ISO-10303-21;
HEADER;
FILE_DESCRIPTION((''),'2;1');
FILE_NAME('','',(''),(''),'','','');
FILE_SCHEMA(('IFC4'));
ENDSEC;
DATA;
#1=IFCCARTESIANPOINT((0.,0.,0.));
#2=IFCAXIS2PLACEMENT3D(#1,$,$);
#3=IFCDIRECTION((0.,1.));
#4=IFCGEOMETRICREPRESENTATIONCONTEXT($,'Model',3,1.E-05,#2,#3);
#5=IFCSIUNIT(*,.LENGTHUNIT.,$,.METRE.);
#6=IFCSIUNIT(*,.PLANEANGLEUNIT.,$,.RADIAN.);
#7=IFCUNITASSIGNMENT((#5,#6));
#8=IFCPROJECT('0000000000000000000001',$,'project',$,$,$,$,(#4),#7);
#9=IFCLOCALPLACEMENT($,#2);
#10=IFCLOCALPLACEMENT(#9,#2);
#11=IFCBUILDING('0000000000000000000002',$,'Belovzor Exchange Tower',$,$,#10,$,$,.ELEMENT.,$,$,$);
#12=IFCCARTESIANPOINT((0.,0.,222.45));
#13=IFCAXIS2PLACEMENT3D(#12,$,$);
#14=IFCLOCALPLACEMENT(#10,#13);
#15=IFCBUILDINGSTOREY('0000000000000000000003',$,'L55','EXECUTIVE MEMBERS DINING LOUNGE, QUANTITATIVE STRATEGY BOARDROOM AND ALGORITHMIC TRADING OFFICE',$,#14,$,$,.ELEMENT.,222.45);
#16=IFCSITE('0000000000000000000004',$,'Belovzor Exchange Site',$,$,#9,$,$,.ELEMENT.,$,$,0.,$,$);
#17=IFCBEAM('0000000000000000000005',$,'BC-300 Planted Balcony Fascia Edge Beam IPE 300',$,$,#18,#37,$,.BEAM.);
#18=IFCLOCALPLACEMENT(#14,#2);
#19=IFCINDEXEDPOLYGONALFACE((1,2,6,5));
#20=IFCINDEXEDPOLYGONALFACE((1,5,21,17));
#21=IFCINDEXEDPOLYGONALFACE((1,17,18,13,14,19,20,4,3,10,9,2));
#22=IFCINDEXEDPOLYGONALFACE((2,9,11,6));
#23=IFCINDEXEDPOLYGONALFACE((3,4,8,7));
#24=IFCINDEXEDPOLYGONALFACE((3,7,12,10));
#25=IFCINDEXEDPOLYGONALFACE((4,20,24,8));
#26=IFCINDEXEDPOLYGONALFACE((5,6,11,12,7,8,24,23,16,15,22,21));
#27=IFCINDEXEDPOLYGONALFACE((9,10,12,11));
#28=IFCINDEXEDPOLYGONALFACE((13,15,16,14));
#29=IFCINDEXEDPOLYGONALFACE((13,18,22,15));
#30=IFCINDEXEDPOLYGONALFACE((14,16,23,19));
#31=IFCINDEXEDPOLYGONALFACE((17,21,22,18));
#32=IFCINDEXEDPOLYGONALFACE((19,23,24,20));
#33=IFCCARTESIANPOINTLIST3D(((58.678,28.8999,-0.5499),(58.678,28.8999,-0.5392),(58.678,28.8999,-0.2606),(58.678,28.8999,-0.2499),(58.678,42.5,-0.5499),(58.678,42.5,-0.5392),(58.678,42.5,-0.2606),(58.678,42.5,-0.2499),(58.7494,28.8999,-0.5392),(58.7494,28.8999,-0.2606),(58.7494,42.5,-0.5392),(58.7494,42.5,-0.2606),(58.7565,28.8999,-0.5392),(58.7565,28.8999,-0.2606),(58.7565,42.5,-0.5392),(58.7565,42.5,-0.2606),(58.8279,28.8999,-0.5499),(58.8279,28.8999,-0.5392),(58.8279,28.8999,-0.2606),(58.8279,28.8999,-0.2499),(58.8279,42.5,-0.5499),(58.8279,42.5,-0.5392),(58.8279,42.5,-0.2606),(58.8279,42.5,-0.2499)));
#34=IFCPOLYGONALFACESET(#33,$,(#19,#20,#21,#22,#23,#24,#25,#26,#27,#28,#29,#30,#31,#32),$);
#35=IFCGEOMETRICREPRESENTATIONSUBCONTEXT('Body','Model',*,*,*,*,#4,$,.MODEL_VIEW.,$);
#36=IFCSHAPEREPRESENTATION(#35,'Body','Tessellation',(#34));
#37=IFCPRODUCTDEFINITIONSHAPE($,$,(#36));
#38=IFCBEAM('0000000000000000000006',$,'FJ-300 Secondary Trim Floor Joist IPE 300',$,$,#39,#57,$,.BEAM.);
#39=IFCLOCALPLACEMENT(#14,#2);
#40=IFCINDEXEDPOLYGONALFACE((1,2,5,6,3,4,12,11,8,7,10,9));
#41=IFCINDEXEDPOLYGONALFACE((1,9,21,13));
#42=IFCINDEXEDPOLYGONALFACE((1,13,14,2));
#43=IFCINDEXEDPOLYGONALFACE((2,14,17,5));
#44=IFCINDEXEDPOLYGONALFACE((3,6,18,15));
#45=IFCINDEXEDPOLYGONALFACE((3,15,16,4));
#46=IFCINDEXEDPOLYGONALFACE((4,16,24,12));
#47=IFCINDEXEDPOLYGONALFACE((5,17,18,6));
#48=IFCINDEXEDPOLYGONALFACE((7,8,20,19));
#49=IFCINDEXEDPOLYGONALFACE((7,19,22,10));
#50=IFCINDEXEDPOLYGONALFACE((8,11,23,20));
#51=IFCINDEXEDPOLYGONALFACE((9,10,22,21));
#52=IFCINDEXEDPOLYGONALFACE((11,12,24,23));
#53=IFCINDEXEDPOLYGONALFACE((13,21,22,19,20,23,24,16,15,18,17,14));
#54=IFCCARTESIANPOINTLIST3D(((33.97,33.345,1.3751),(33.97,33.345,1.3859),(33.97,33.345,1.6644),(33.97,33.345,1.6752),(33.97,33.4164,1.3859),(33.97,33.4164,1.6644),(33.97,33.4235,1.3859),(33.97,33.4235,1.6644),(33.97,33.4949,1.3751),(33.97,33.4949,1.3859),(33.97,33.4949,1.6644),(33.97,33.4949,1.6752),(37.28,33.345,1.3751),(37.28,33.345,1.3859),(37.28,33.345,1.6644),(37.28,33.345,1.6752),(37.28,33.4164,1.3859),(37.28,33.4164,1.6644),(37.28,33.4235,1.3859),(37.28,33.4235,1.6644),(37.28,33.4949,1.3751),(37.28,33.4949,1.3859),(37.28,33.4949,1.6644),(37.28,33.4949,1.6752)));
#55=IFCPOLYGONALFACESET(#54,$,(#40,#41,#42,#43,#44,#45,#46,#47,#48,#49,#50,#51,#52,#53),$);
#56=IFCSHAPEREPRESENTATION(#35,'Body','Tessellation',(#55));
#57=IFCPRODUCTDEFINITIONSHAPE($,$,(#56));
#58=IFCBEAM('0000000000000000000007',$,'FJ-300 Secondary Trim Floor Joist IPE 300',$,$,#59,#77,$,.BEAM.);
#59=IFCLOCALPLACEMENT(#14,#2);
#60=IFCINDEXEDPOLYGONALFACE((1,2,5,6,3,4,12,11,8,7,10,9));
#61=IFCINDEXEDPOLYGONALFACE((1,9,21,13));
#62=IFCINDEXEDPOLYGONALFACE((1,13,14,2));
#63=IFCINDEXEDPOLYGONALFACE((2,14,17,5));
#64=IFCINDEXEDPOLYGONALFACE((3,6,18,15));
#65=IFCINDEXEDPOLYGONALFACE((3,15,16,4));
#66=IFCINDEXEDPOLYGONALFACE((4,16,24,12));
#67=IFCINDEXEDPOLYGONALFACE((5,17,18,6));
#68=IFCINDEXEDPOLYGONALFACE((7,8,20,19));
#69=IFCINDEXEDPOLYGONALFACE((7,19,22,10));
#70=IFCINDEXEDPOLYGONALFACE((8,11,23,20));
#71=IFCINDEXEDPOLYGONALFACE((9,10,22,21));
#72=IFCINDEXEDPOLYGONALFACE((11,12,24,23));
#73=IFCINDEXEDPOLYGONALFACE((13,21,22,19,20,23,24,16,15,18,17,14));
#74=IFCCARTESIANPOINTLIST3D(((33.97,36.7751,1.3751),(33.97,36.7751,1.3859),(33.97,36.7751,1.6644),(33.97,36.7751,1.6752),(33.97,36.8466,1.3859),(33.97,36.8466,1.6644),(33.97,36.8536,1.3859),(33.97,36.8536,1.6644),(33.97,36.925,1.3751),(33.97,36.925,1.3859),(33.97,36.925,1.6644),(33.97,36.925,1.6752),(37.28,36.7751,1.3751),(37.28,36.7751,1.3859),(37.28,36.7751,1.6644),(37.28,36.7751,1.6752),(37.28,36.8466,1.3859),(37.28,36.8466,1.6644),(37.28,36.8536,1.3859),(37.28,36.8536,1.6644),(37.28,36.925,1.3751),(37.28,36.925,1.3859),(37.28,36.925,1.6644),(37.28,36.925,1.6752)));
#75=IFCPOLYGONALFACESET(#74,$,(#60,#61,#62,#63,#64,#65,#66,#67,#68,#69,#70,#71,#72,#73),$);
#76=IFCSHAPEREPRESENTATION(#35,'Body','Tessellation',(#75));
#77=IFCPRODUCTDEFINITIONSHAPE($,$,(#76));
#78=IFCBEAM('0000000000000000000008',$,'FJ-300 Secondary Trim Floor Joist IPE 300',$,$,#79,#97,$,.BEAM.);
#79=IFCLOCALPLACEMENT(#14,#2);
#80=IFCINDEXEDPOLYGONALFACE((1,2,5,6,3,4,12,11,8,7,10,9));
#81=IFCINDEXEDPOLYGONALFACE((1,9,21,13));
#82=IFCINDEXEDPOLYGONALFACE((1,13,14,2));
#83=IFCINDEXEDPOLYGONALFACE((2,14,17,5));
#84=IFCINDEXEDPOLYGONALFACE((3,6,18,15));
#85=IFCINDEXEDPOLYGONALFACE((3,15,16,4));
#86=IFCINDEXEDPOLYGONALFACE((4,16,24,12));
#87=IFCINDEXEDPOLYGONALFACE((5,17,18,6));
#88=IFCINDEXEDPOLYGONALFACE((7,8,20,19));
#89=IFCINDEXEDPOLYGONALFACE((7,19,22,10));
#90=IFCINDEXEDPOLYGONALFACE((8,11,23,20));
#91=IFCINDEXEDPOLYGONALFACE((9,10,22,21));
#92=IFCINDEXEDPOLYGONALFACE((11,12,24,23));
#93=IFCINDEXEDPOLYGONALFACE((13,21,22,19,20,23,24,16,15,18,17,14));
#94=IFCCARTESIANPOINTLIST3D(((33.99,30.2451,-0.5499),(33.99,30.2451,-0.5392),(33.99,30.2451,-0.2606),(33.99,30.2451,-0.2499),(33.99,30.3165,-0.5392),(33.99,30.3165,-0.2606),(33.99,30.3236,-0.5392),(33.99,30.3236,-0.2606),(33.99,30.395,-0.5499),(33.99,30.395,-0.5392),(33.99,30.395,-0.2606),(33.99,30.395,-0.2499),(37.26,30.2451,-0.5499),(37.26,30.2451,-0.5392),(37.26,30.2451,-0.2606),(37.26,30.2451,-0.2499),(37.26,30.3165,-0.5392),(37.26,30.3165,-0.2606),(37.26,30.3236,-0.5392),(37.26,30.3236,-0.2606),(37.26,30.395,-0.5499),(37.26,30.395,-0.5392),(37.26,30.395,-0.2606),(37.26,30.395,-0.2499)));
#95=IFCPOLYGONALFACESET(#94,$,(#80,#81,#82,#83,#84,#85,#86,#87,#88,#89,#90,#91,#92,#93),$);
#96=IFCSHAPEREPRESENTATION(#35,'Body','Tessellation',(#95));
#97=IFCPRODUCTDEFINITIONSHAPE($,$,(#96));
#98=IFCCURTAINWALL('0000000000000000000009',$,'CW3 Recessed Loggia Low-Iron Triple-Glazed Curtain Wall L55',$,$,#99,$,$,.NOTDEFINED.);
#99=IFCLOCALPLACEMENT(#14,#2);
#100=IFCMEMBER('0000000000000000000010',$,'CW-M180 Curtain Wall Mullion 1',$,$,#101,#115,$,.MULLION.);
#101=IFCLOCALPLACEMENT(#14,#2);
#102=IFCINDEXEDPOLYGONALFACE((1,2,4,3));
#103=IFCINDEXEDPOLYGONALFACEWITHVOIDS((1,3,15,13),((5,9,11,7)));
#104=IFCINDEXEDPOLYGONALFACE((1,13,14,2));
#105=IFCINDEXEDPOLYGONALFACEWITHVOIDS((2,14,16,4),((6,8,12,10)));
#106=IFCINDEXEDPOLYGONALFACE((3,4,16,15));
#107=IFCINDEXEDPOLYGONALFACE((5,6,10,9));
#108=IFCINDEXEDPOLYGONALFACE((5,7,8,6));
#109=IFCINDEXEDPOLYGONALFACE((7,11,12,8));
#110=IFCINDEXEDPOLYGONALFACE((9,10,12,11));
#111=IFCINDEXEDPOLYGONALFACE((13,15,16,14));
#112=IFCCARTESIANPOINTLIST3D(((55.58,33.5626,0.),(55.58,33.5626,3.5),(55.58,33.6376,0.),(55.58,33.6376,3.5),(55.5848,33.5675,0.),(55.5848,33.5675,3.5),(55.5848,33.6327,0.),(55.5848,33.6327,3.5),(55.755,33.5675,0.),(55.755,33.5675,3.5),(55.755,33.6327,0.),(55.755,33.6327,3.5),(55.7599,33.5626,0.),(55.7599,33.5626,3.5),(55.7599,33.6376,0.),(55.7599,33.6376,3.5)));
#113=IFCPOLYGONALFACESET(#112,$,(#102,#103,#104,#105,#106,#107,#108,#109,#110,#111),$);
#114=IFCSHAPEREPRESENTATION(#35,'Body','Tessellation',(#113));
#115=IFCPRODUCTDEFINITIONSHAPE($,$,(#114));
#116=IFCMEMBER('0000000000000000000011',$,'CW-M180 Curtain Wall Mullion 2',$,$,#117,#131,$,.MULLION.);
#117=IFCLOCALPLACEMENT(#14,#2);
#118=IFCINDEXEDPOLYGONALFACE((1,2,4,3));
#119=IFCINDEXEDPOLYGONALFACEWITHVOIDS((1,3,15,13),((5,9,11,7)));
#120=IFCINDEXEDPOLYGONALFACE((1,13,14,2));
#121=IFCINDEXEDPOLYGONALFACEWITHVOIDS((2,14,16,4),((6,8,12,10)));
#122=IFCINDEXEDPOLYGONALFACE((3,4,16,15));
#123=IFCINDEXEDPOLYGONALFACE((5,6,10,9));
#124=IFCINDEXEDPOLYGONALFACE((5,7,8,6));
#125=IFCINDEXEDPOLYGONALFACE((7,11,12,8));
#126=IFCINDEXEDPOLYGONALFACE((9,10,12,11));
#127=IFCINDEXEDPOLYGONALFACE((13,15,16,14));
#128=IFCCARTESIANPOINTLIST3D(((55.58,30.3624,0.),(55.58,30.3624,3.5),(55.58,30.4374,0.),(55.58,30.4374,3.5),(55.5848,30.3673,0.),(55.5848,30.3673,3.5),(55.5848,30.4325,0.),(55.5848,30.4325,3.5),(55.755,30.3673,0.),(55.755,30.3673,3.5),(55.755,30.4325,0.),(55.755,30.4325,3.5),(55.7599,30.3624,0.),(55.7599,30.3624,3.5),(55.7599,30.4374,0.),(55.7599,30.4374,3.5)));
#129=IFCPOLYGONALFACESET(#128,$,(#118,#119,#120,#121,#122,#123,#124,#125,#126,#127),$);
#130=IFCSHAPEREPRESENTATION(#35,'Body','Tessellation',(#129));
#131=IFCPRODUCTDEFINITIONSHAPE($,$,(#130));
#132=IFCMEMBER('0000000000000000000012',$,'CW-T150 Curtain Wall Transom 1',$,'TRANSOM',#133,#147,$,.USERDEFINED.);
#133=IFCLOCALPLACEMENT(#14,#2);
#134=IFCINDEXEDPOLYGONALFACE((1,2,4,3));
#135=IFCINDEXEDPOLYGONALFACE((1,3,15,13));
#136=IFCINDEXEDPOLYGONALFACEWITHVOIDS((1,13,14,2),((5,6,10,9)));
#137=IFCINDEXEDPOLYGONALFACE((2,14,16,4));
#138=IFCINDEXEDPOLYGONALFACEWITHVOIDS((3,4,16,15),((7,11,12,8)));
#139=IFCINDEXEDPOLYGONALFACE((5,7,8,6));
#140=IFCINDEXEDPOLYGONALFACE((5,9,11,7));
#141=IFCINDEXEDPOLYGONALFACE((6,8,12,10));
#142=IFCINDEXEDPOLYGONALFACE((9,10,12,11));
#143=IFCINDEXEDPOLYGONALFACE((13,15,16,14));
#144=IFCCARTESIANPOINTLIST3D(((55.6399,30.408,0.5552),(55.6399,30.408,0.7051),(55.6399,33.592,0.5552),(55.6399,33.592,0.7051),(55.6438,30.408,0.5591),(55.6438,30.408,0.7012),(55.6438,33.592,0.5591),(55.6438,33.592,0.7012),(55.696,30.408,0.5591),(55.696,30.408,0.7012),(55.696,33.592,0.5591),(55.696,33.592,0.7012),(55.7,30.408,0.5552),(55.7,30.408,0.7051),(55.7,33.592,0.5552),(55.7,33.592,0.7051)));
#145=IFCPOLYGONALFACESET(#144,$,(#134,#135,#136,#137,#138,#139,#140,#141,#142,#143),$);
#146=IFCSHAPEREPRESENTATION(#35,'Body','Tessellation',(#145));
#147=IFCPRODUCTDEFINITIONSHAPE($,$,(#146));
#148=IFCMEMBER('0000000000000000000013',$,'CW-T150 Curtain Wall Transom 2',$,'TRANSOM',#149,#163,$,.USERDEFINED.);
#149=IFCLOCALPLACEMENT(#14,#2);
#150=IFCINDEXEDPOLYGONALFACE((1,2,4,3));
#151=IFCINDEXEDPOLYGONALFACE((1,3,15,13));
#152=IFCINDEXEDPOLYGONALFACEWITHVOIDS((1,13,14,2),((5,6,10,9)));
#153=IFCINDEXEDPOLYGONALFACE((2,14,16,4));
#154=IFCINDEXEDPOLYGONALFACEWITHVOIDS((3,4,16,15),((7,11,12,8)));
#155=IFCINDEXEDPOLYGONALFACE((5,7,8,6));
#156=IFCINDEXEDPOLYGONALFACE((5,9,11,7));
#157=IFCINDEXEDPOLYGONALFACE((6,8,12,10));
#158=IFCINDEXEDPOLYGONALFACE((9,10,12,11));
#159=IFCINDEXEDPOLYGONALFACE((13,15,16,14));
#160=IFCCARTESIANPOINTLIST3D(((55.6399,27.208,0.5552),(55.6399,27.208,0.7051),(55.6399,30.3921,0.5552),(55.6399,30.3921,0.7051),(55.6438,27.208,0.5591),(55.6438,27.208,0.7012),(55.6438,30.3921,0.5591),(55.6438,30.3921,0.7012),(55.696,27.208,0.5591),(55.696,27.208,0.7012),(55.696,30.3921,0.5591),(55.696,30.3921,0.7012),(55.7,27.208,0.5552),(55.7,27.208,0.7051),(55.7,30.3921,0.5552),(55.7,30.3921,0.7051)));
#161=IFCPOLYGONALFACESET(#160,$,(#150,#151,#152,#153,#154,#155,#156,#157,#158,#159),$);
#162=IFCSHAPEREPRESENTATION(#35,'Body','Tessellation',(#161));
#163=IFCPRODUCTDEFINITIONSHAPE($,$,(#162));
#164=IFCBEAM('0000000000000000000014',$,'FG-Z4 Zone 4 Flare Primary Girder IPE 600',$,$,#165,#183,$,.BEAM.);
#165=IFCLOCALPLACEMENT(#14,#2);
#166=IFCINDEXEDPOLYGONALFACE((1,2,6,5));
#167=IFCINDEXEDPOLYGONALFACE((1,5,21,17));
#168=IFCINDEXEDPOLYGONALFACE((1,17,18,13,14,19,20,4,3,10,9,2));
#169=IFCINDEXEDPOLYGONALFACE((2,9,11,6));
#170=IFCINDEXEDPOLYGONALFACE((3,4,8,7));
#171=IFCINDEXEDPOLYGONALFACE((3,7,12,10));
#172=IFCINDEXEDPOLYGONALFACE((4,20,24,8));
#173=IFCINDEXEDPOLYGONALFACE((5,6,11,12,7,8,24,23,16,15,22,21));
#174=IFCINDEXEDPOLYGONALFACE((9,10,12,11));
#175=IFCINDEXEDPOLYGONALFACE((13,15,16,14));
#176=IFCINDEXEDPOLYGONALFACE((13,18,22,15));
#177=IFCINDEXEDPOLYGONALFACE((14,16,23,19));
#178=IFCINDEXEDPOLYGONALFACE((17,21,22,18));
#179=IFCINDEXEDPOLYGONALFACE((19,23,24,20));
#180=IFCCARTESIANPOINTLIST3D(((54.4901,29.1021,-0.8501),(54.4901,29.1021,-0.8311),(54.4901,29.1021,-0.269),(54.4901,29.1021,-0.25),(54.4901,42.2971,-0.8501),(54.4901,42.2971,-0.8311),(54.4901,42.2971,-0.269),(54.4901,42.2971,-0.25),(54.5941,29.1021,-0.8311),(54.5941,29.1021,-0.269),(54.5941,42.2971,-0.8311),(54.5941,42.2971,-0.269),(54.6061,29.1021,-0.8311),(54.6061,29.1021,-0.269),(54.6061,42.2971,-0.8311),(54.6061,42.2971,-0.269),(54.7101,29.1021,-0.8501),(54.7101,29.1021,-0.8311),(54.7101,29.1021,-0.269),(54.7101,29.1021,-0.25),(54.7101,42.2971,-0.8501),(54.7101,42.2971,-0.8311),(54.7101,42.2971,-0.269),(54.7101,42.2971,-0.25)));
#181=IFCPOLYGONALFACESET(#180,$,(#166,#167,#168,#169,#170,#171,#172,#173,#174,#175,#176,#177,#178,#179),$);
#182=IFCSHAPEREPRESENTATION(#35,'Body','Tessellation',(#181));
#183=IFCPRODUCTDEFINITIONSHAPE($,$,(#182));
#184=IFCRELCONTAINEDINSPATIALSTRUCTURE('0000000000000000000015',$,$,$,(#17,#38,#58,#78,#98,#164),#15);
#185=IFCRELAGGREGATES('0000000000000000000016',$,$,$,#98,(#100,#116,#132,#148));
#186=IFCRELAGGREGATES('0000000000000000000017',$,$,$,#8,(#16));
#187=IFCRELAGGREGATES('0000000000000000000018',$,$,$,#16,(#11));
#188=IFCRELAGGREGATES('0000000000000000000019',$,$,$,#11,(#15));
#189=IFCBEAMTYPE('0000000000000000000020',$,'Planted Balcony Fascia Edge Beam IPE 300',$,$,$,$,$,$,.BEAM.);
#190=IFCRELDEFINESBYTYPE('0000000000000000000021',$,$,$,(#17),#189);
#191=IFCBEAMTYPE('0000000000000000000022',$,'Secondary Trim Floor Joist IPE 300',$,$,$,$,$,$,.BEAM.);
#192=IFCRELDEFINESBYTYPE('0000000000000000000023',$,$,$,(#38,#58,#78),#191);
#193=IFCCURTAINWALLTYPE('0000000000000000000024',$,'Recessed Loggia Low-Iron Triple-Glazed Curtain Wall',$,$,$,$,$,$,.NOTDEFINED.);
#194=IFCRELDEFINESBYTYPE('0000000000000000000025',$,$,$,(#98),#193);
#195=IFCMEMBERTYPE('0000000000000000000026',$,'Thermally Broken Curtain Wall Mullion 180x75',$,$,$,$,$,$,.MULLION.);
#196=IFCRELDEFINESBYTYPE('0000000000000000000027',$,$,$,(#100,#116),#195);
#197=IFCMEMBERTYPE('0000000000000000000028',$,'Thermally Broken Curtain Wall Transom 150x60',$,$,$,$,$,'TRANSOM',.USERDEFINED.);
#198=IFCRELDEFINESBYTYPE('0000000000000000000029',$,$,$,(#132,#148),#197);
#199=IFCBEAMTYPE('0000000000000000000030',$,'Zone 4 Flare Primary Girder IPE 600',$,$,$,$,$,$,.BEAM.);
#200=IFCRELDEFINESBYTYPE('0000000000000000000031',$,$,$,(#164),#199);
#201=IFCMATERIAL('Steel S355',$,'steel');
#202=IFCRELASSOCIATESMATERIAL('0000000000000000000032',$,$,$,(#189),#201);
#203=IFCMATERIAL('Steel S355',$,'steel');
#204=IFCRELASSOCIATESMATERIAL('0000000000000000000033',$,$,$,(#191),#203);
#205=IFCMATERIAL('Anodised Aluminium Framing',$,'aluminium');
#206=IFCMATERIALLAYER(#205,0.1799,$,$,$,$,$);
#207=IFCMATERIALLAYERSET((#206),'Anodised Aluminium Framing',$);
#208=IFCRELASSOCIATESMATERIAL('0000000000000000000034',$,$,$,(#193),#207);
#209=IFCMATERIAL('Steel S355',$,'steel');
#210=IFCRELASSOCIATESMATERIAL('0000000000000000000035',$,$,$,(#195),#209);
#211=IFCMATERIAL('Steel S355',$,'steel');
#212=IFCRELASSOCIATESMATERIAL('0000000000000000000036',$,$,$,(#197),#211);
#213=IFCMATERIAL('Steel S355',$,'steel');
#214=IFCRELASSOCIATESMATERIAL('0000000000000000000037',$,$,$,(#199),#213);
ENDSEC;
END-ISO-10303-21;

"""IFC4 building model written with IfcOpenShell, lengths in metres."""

from ifc_helpers import new_model, si_unit, direction, frame, origin, origin_2d, place, context, subcontext, project, spatial, hollow_rectangle, i_section, extrude, material, layer, layer_set, material_profile, profile_set, type_object, element, aggregate, save


model = new_model("IFC4")

# Units and contexts
model_context = context("Model", 3, precision=1e-05, world=origin(), true_north=direction((0.0, 1.0)))
body_context = subcontext(model_context, "Body", "Model", "MODEL_VIEW")
ifc_project = project(units=[si_unit("LENGTHUNIT", "METRE"), si_unit("PLANEANGLEUNIT", "RADIAN")], contexts=[model_context])

# Site, building, storey
site_placement = place(None, origin())
site = spatial("IfcSite", under=ifc_project, at=site_placement, Name="Belovzor Exchange Site", CompositionType="ELEMENT", RefElevation=0.0)
building_placement = place(site_placement, origin())
building = spatial("IfcBuilding", under=site, at=building_placement, Name="Belovzor Exchange Tower", CompositionType="ELEMENT")
storey_placement = place(building_placement, frame((0.0, 0.0, 222.45)))
storey = spatial("IfcBuildingStorey", under=building, at=storey_placement, Name="L55", Description="EXECUTIVE MEMBERS DINING LOUNGE, QUANTITATIVE STRATEGY BOARDROOM AND ALGORITHMIC TRADING OFFICE", CompositionType="ELEMENT", Elevation=222.45)

# Beams
ifc_material_1 = material(Name="Steel S355", Category="steel")
ifc_material_profile_1 = material_profile(ifc_material_1, i_section(OverallWidth=0.1499, OverallDepth=0.3, WebThickness=0.0071, FlangeThickness=0.0107, at=origin_2d()))
ifc_profile_set_1 = profile_set([ifc_material_profile_1], Name="Steel S355")
beam_type_1 = type_object("IfcBeamType", Name="Planted Balcony Fascia Edge Beam IPE 300", PredefinedType="BEAM", material=ifc_profile_set_1)
beam_1_placement = place(storey_placement, frame((58.7529, 28.8999, -0.3999), z_axis=(0.0, 1.0, 0.0), x_axis=(-1.0, 0.0, 0.0)))
element("IfcBeam", 1, at=beam_1_placement, inside=storey, type_object=beam_type_1, Name="BC-300 Planted Balcony Fascia Edge Beam IPE 300", PredefinedType="BEAM", context=body_context, shape_type="SweptSolid", body=[
    extrude(i_section(OverallWidth=0.1499, OverallDepth=0.3, WebThickness=0.0071, FlangeThickness=0.0107, at=origin_2d()), origin(), (0.0, 0.0, 1.0), 13.6001),
])
ifc_material_2 = material(Name="Steel S355", Category="steel")
ifc_material_profile_2 = material_profile(ifc_material_2, i_section(OverallWidth=0.1499, OverallDepth=0.3, WebThickness=0.0071, FlangeThickness=0.0107, at=origin_2d()))
ifc_profile_set_2 = profile_set([ifc_material_profile_2], Name="Steel S355")
beam_type_2 = type_object("IfcBeamType", Name="Secondary Trim Floor Joist IPE 300", PredefinedType="BEAM", material=ifc_profile_set_2)
for number, where, z_axis, x_axis, name in (
    (2, (37.28, 33.4199, 1.5251), (-1.0, 0.0, 0.0), (0.0, -1.0, 0.0), "FJ-300 Secondary Trim Floor Joist IPE 300"),
    (3, (37.28, 36.8501, 1.5251), (-1.0, 0.0, 0.0), (0.0, -1.0, 0.0), "FJ-300 Secondary Trim Floor Joist IPE 300"),
):
    element("IfcBeam", number, at=place(storey_placement, frame(where, z_axis=z_axis, x_axis=x_axis)), inside=storey, type_object=beam_type_2, Name=name, PredefinedType="BEAM", context=body_context, shape_type="SweptSolid", body=[
        extrude(i_section(OverallWidth=0.1499, OverallDepth=0.3, WebThickness=0.0071, FlangeThickness=0.0107, at=origin_2d()), origin(), (0.0, 0.0, 1.0), 3.3101),
    ])
beam_2_placement = place(storey_placement, frame((37.26, 30.3201, -0.3999), z_axis=(-1.0, 0.0, 0.0), x_axis=(0.0, -1.0, 0.0)))
element("IfcBeam", 4, at=beam_2_placement, inside=storey, type_object=beam_type_2, Name="FJ-300 Secondary Trim Floor Joist IPE 300", PredefinedType="BEAM", context=body_context, shape_type="SweptSolid", body=[
    extrude(i_section(OverallWidth=0.1499, OverallDepth=0.3, WebThickness=0.0071, FlangeThickness=0.0107, at=origin_2d()), origin(), (0.0, 0.0, 1.0), 3.27),
])

# Curtain wall, members
ifc_material_3 = material(Name="Anodised Aluminium Framing", Category="aluminium")
ifc_layer_1 = layer(ifc_material_3, 0.1799)
ifc_layer_set_1 = layer_set([ifc_layer_1], Name="Anodised Aluminium Framing")
curtain_wall_type = type_object("IfcCurtainWallType", Name="Recessed Loggia Low-Iron Triple-Glazed Curtain Wall", PredefinedType="NOTDEFINED", material=ifc_layer_set_1)
curtain_wall_placement = place(storey_placement, origin())
curtain_wall = element("IfcCurtainWall", 5, at=curtain_wall_placement, inside=storey, type_object=curtain_wall_type, Name="CW3 Recessed Loggia Low-Iron Triple-Glazed Curtain Wall L55", PredefinedType="NOTDEFINED")
ifc_material_4 = material(Name="Steel S355", Category="steel")
ifc_material_profile_3 = material_profile(ifc_material_4, hollow_rectangle(XDim=0.075, YDim=0.1799, WallThickness=0.0049, at=origin_2d()))
ifc_profile_set_3 = profile_set([ifc_material_profile_3], Name="Steel S355")
member_type_1 = type_object("IfcMemberType", Name="Thermally Broken Curtain Wall Mullion 180x75", PredefinedType="MULLION", material=ifc_profile_set_3)
member_1_placement = place(storey_placement, frame((55.6699, 33.6001, 0.0), z_axis=(0.0, 0.0, 1.0), x_axis=(0.0, -1.0, 0.0)))
member_1 = element("IfcMember", 6, at=member_1_placement, type_object=member_type_1, Name="CW-M180 Curtain Wall Mullion 1", PredefinedType="MULLION", context=body_context, shape_type="SweptSolid", body=[
    extrude(hollow_rectangle(XDim=0.075, YDim=0.1799, WallThickness=0.0049, at=origin_2d()), origin(), (0.0, 0.0, 1.0), 3.5),
])
member_2_placement = place(storey_placement, frame((55.6699, 30.3999, 0.0), z_axis=(0.0, 0.0, 1.0), x_axis=(0.0, -1.0, 0.0)))
member_2 = element("IfcMember", 7, at=member_2_placement, type_object=member_type_1, Name="CW-M180 Curtain Wall Mullion 2", PredefinedType="MULLION", context=body_context, shape_type="SweptSolid", body=[
    extrude(hollow_rectangle(XDim=0.075, YDim=0.1799, WallThickness=0.0049, at=origin_2d()), origin(), (0.0, 0.0, 1.0), 3.5),
])
ifc_material_5 = material(Name="Steel S355", Category="steel")
ifc_material_profile_4 = material_profile(ifc_material_5, hollow_rectangle(XDim=0.0601, YDim=0.1499, WallThickness=0.0039, at=origin_2d()))
ifc_profile_set_4 = profile_set([ifc_material_profile_4], Name="Steel S355")
member_type_2 = type_object("IfcMemberType", Name="Thermally Broken Curtain Wall Transom 150x60", ElementType="TRANSOM", PredefinedType="USERDEFINED", material=ifc_profile_set_4)
member_3_placement = place(storey_placement, frame((55.6699, 33.592, 0.6301), z_axis=(0.0, -1.0, 0.0), x_axis=(1.0, 0.0, 0.0)))
member_3 = element("IfcMember", 8, at=member_3_placement, type_object=member_type_2, Name="CW-T150 Curtain Wall Transom 1", ObjectType="TRANSOM", PredefinedType="USERDEFINED", context=body_context, shape_type="SweptSolid", body=[
    extrude(hollow_rectangle(XDim=0.0601, YDim=0.1499, WallThickness=0.0039, at=origin_2d()), origin(), (0.0, 0.0, 1.0), 3.1841),
])
member_4_placement = place(storey_placement, frame((55.6699, 30.3921, 0.6301), z_axis=(0.0, -1.0, 0.0), x_axis=(1.0, 0.0, 0.0)))
member_4 = element("IfcMember", 9, at=member_4_placement, type_object=member_type_2, Name="CW-T150 Curtain Wall Transom 2", ObjectType="TRANSOM", PredefinedType="USERDEFINED", context=body_context, shape_type="SweptSolid", body=[
    extrude(hollow_rectangle(XDim=0.0601, YDim=0.1499, WallThickness=0.0039, at=origin_2d()), origin(), (0.0, 0.0, 1.0), 3.1841),
])

# Beam
ifc_material_6 = material(Name="Steel S355", Category="steel")
ifc_material_profile_5 = material_profile(ifc_material_6, i_section(OverallWidth=0.22, OverallDepth=0.6001, WebThickness=0.012, FlangeThickness=0.019, at=origin_2d()))
ifc_profile_set_5 = profile_set([ifc_material_profile_5], Name="Steel S355")
beam_type_3 = type_object("IfcBeamType", Name="Zone 4 Flare Primary Girder IPE 600", PredefinedType="BEAM", material=ifc_profile_set_5)
beam_3_placement = place(storey_placement, frame((54.6001, 29.1021, -0.55), z_axis=(0.0, 1.0, 0.0), x_axis=(-1.0, 0.0, 0.0)))
element("IfcBeam", 10, at=beam_3_placement, inside=storey, type_object=beam_type_3, Name="FG-Z4 Zone 4 Flare Primary Girder IPE 600", PredefinedType="BEAM", context=body_context, shape_type="SweptSolid", body=[
    extrude(i_section(OverallWidth=0.22, OverallDepth=0.6001, WebThickness=0.012, FlangeThickness=0.019, at=origin_2d()), origin(), (0.0, 0.0, 1.0), 13.1951),
])

aggregate(curtain_wall, [member_1, member_2, member_3, member_4])

save(model, "model.ifc")
